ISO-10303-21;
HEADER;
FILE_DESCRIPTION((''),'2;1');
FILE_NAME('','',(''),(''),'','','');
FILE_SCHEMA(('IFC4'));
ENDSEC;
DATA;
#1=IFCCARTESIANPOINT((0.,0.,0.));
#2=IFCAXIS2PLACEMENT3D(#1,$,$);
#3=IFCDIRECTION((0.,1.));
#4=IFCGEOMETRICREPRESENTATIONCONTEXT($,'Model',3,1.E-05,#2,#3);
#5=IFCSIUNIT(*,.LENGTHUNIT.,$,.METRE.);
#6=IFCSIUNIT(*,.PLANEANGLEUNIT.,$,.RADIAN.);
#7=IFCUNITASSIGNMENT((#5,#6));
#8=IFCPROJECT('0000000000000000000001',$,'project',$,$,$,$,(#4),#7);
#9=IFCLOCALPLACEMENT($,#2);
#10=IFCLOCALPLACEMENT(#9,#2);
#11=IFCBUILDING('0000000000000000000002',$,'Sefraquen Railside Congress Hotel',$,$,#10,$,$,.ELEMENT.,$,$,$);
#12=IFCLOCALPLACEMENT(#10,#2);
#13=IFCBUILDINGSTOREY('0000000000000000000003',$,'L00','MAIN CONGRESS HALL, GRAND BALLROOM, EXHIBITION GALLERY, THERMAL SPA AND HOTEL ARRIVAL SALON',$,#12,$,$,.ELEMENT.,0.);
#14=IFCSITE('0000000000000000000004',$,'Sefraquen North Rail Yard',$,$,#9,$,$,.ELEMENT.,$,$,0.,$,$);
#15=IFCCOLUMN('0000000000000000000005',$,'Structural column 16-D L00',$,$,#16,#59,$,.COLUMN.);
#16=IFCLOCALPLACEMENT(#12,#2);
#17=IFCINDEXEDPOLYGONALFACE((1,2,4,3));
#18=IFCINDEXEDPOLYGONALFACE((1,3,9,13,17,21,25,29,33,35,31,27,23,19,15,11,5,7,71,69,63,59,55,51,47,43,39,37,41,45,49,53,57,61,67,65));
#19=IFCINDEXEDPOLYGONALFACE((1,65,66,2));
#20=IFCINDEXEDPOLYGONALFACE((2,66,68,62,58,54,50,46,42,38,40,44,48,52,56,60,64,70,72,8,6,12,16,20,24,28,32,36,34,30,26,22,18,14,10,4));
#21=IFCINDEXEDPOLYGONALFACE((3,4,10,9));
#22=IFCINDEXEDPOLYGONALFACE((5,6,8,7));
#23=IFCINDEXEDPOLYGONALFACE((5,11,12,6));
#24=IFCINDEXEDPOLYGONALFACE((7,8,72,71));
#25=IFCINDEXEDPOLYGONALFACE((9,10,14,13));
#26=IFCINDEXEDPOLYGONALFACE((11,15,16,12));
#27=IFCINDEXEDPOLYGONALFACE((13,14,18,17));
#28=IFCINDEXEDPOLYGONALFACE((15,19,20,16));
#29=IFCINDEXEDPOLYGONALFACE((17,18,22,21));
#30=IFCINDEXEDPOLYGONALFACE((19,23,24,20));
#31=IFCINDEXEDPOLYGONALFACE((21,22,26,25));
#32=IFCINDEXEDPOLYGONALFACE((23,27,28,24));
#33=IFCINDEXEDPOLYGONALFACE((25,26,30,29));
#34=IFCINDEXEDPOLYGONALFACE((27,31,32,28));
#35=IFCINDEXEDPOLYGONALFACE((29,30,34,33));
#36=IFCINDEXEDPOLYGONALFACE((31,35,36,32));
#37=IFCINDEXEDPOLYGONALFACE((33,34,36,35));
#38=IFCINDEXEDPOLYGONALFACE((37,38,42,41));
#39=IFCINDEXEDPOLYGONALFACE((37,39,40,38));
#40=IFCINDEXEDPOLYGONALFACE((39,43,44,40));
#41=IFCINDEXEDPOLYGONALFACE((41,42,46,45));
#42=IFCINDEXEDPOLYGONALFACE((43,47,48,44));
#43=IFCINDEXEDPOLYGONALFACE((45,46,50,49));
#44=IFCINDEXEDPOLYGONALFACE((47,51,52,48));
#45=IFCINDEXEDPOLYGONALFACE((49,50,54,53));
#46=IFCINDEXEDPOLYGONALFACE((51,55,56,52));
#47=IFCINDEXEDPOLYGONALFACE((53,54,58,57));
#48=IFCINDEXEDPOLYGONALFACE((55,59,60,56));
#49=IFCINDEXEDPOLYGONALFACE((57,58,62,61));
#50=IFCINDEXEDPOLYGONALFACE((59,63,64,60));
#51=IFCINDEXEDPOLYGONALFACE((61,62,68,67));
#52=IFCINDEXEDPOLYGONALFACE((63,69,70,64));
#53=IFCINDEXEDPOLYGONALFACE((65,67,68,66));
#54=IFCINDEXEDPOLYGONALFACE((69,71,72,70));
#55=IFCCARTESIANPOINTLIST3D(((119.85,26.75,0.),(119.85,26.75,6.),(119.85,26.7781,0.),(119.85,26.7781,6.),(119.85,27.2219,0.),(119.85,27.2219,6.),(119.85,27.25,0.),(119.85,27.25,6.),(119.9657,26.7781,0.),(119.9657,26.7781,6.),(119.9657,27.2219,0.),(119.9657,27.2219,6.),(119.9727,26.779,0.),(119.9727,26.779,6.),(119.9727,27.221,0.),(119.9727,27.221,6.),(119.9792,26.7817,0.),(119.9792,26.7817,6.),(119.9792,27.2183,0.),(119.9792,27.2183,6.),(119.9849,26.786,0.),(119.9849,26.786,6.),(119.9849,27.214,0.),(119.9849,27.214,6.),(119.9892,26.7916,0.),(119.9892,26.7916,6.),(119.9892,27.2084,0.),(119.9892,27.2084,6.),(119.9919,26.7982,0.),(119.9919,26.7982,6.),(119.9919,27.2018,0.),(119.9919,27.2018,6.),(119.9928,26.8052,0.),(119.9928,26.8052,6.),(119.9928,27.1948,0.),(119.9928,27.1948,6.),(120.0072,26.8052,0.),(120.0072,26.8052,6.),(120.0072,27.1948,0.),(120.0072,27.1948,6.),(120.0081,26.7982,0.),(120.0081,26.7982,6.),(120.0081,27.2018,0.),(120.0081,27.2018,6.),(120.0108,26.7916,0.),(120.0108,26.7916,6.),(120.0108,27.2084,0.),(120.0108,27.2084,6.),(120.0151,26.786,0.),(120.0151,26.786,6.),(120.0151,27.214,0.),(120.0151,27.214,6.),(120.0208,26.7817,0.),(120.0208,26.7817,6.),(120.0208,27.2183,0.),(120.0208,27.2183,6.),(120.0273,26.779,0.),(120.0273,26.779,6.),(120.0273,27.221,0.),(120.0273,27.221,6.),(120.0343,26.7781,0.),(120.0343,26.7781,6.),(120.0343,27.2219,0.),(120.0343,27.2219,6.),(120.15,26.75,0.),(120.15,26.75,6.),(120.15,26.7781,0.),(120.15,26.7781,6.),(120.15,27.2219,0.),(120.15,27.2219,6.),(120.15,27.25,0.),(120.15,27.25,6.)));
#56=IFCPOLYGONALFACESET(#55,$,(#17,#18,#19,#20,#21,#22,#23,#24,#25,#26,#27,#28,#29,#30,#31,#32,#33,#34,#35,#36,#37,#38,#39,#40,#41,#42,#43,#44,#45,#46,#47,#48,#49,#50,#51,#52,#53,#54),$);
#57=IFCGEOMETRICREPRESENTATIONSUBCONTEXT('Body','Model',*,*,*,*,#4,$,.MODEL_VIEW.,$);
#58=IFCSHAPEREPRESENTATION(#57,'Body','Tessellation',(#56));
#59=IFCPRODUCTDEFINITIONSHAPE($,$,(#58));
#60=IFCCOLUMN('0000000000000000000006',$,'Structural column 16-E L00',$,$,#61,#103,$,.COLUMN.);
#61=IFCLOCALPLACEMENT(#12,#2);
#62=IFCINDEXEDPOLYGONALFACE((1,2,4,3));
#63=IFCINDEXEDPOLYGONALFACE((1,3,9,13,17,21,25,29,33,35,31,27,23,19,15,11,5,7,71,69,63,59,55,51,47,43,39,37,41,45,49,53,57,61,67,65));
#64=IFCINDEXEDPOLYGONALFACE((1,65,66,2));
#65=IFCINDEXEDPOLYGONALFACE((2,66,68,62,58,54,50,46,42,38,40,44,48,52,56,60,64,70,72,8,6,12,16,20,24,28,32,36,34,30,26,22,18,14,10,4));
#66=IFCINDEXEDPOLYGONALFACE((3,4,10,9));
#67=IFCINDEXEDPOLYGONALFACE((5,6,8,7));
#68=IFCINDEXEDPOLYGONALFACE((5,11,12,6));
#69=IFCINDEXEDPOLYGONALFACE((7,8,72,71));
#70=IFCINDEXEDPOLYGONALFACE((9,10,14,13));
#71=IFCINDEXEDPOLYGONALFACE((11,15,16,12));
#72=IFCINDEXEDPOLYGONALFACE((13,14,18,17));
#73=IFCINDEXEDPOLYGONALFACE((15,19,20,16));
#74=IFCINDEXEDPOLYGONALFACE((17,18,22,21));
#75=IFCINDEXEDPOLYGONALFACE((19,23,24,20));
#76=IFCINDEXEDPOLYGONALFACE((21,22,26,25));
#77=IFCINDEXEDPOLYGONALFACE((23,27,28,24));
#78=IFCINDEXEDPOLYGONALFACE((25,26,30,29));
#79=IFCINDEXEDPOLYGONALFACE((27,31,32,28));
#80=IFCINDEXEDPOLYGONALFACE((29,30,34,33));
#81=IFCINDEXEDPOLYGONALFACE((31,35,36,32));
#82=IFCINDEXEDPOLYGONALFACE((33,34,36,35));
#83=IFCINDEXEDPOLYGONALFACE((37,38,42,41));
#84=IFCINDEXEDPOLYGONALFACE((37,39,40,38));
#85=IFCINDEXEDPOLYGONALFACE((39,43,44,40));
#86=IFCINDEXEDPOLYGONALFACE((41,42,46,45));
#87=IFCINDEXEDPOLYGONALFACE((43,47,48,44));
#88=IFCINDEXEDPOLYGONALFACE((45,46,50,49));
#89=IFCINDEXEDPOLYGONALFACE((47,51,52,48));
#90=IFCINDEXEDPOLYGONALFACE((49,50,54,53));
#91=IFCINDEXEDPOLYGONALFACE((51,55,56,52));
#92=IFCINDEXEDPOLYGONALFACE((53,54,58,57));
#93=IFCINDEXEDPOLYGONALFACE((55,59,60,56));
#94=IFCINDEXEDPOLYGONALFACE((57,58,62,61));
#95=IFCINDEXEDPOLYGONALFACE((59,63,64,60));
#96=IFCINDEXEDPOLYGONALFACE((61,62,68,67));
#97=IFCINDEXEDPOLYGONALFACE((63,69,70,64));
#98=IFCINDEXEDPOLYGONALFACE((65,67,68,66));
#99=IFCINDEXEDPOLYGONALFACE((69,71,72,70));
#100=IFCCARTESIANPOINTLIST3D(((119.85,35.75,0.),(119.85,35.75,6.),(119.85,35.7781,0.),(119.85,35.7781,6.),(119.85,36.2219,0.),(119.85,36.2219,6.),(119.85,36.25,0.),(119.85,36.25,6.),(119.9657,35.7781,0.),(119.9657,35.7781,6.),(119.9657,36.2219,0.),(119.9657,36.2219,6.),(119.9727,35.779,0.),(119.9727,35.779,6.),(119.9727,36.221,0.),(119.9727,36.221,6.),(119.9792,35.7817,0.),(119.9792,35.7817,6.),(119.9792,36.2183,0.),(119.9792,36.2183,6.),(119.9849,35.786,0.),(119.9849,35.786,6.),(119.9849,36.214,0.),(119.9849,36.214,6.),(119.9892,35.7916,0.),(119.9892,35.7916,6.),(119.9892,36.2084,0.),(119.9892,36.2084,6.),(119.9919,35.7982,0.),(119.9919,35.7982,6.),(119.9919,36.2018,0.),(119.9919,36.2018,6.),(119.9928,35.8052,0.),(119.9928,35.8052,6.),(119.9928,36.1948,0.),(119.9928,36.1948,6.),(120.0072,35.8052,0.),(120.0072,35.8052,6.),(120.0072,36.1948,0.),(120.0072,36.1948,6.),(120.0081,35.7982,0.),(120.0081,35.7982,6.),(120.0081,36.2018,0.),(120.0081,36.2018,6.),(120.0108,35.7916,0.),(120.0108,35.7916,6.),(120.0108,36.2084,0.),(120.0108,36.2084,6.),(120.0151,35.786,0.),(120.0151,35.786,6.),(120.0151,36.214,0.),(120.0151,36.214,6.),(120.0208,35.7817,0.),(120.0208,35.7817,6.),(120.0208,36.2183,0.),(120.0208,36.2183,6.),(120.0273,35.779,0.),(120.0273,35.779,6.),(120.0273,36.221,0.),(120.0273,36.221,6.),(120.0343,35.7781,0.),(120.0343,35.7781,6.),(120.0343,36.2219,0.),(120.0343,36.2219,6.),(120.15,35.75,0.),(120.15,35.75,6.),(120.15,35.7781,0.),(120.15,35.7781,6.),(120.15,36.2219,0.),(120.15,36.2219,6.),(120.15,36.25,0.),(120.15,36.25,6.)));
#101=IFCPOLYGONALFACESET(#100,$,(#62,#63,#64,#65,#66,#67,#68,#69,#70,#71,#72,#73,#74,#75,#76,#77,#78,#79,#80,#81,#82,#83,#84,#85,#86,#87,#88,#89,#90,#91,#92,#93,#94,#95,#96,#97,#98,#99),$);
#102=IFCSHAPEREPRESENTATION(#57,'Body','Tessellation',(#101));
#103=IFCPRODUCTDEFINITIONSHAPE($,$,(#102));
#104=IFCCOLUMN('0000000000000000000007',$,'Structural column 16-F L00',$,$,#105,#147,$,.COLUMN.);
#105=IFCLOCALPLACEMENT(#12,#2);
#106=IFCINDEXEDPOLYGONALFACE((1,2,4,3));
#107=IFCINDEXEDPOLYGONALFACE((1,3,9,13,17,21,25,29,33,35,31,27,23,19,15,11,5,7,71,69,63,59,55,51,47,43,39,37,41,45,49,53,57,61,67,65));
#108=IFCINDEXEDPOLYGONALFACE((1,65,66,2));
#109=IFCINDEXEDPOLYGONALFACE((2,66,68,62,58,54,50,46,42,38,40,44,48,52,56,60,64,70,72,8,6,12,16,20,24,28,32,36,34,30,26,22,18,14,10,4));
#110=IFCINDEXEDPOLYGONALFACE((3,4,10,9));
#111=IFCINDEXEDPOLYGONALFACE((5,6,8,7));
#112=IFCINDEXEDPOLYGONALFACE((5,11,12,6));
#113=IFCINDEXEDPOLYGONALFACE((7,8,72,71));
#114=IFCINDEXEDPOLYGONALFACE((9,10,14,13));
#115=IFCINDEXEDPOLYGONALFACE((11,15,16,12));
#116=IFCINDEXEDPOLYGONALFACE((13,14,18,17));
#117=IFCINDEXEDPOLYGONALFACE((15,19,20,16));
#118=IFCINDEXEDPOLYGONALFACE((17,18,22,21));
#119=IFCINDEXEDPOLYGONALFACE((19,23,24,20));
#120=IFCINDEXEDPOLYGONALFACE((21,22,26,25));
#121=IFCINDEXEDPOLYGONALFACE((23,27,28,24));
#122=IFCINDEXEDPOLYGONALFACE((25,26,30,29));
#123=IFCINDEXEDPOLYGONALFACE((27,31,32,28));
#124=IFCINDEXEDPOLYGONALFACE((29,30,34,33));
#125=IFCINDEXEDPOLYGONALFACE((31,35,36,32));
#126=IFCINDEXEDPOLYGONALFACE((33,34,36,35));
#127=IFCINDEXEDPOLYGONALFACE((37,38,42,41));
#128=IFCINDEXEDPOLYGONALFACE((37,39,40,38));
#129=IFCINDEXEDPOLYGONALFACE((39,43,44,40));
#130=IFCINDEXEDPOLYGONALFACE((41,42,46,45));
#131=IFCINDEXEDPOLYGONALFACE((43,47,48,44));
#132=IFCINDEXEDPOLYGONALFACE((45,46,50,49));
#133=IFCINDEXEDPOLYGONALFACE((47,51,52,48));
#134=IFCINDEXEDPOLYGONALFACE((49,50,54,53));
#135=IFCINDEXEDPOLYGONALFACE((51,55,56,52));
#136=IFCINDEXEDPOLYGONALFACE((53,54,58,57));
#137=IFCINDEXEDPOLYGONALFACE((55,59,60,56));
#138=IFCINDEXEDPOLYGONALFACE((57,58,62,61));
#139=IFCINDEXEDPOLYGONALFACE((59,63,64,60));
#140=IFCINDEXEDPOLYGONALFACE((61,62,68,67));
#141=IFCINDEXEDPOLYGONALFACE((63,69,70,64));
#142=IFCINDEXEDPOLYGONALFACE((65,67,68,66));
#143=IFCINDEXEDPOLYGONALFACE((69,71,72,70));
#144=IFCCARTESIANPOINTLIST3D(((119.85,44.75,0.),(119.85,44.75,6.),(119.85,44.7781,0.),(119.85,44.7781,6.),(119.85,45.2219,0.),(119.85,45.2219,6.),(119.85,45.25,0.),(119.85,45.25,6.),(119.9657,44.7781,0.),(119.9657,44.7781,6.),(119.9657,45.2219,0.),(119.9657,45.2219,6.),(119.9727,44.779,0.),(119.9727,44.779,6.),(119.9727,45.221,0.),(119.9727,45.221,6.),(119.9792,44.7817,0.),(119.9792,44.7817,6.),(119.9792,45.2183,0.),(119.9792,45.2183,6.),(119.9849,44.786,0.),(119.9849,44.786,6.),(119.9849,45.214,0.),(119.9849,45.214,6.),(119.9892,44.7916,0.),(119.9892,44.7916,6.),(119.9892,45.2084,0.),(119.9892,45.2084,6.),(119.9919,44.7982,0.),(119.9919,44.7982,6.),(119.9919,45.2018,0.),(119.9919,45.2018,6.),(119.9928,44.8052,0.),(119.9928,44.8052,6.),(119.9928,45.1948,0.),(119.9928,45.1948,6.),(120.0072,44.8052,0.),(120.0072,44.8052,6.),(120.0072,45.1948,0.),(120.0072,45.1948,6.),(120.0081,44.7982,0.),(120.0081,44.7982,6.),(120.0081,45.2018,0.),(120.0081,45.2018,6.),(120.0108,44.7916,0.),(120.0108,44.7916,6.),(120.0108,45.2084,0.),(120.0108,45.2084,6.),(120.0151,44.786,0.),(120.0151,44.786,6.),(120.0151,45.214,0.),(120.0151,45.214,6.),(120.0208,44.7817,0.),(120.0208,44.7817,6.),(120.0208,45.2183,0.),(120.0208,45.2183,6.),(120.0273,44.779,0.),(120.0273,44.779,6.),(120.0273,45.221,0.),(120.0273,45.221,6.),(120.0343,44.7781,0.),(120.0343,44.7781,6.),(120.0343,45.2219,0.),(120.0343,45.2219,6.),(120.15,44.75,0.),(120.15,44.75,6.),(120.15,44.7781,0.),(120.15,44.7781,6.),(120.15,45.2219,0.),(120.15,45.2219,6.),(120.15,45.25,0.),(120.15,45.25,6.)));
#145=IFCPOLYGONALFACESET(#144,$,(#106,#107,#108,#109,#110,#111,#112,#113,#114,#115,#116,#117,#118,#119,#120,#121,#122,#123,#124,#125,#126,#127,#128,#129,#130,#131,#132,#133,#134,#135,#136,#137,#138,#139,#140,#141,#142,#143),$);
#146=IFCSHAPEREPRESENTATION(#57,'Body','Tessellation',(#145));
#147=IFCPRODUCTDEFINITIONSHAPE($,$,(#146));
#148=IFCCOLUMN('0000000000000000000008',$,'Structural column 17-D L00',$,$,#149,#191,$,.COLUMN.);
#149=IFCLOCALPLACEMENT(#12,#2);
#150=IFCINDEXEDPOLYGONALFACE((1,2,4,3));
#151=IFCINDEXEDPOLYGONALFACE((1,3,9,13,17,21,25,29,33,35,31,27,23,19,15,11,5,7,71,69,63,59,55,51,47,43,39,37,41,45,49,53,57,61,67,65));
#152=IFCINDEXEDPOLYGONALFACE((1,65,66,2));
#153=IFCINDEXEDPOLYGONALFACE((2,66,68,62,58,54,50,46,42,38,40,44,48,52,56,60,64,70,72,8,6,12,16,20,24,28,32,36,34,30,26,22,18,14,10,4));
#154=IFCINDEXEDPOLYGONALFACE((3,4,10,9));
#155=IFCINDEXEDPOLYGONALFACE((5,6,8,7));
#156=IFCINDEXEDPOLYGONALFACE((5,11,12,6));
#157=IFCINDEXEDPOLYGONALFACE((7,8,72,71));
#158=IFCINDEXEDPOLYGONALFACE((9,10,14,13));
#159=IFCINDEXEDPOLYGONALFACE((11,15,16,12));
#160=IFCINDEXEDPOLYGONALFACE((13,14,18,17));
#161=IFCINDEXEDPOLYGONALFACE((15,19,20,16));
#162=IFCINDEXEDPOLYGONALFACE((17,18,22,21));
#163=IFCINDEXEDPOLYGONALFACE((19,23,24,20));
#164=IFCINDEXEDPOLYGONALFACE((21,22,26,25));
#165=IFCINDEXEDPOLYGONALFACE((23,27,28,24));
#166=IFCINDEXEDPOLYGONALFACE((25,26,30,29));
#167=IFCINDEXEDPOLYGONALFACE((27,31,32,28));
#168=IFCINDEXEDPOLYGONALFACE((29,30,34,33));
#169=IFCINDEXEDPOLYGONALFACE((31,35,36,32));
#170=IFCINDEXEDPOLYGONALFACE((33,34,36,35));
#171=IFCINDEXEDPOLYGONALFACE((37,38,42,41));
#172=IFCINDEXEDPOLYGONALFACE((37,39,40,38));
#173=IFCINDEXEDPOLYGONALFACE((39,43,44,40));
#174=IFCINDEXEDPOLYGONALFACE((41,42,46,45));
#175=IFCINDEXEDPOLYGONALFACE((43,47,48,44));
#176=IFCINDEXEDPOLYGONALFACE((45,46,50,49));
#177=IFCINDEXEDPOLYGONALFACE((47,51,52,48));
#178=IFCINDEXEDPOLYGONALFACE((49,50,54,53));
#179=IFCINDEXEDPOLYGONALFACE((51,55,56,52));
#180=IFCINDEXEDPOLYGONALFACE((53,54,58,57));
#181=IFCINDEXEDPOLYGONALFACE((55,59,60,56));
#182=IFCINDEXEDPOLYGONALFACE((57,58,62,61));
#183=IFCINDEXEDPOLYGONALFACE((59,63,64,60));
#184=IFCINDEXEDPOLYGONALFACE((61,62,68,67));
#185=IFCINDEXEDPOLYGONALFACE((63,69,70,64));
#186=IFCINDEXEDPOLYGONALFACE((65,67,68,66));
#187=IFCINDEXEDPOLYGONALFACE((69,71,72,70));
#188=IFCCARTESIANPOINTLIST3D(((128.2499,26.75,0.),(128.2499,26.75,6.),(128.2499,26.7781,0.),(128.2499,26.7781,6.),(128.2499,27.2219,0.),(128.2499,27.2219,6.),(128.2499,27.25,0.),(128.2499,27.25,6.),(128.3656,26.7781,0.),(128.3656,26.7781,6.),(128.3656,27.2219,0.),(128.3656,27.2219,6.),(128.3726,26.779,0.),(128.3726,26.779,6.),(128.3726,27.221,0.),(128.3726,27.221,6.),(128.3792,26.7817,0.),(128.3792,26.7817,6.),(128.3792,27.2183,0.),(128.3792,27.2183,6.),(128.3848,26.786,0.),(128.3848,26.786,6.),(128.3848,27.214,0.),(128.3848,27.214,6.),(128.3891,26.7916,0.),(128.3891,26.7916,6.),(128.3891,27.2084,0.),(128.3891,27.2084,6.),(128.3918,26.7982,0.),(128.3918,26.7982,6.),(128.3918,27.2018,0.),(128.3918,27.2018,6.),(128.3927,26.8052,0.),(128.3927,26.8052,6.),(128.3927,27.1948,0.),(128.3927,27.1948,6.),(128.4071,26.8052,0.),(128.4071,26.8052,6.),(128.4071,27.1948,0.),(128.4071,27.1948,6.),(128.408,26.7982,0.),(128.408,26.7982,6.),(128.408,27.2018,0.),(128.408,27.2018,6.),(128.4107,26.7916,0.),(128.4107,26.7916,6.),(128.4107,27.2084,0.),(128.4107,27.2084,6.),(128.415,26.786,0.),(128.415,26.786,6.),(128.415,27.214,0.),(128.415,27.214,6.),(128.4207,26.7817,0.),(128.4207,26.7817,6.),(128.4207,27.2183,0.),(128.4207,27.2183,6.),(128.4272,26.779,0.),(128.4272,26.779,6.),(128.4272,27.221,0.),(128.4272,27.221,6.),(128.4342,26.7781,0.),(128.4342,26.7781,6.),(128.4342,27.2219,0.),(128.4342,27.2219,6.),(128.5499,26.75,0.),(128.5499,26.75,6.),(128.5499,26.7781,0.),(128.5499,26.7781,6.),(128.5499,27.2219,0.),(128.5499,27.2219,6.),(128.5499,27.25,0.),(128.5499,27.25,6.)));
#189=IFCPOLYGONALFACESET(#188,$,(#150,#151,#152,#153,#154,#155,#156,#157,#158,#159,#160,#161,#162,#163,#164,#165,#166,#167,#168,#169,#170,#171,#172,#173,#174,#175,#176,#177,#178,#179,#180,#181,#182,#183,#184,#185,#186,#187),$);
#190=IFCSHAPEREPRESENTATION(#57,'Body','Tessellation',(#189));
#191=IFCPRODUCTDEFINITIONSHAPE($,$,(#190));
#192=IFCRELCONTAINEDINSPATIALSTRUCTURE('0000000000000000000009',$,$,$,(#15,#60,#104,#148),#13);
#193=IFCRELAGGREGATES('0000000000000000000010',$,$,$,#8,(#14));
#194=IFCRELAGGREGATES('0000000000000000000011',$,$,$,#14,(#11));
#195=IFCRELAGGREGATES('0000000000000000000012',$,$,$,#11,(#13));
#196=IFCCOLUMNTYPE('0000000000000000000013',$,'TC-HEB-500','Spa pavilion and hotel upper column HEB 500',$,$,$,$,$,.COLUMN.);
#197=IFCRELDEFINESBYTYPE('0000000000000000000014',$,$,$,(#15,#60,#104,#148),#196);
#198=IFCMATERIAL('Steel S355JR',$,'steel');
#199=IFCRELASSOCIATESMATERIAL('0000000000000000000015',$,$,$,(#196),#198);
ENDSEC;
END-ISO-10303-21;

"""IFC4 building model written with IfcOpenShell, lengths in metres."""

from ifc_helpers import new_model, si_unit, direction, frame, origin, origin_2d, place, context, subcontext, project, spatial, i_section, extrude, material, material_profile, profile_set, type_object, element, save


model = new_model("IFC4")

# Units and contexts
model_context = context("Model", 3, precision=1e-05, world=origin(), true_north=direction((0.0, 1.0)))
body_context = subcontext(model_context, "Body", "Model", "MODEL_VIEW")
ifc_project = project(units=[si_unit("LENGTHUNIT", "METRE"), si_unit("PLANEANGLEUNIT", "RADIAN")], contexts=[model_context])

# Site, building, storey
site_placement = place(None, origin())
site = spatial("IfcSite", under=ifc_project, at=site_placement, Name="Sefraquen North Rail Yard", CompositionType="ELEMENT", RefElevation=0.0)
building_placement = place(site_placement, origin())
building = spatial("IfcBuilding", under=site, at=building_placement, Name="Sefraquen Railside Congress Hotel", CompositionType="ELEMENT")
storey_placement = place(building_placement, origin())
storey = spatial("IfcBuildingStorey", under=building, at=storey_placement, Name="L00", Description="MAIN CONGRESS HALL, GRAND BALLROOM, EXHIBITION GALLERY, THERMAL SPA AND HOTEL ARRIVAL SALON", CompositionType="ELEMENT", Elevation=0.0)

# Columns
ifc_material_1 = material(Name="Steel S355JR", Category="steel")
ifc_material_profile_1 = material_profile(ifc_material_1, i_section(OverallWidth=0.3, OverallDepth=0.5, WebThickness=0.0144, FlangeThickness=0.0281, FilletRadius=0.0271, at=origin_2d()), Name="HEB 500")
ifc_profile_set_1 = profile_set([ifc_material_profile_1], Name="Steel S355JR")
column_type = type_object("IfcColumnType", Name="TC-HEB-500", Description="Spa pavilion and hotel upper column HEB 500", PredefinedType="COLUMN", material=ifc_profile_set_1)
for number, where, z_axis, x_axis, name in (
    (1, (120.0, 27.0, 0.0), (0.0, 0.0, 1.0), (1.0, 0.0, 0.0), "Structural column 16-D L00"),
    (2, (120.0, 36.0, 0.0), (0.0, 0.0, 1.0), (1.0, 0.0, 0.0), "Structural column 16-E L00"),
    (3, (120.0, 45.0, 0.0), (0.0, 0.0, 1.0), (1.0, 0.0, 0.0), "Structural column 16-F L00"),
    (4, (128.3999, 27.0, 0.0), (0.0, 0.0, 1.0), (1.0, 0.0, 0.0), "Structural column 17-D L00"),
):
    element("IfcColumn", number, at=place(storey_placement, frame(where, z_axis=z_axis, x_axis=x_axis)), inside=storey, type_object=column_type, Name=name, PredefinedType="COLUMN", context=body_context, shape_type="SweptSolid", body=[
        extrude(i_section(OverallWidth=0.3, OverallDepth=0.5, WebThickness=0.0144, FlangeThickness=0.0281, FilletRadius=0.0271, at=origin_2d()), origin(), (0.0, 0.0, 1.0), 6.0),
    ])

save(model, "model.ifc")
